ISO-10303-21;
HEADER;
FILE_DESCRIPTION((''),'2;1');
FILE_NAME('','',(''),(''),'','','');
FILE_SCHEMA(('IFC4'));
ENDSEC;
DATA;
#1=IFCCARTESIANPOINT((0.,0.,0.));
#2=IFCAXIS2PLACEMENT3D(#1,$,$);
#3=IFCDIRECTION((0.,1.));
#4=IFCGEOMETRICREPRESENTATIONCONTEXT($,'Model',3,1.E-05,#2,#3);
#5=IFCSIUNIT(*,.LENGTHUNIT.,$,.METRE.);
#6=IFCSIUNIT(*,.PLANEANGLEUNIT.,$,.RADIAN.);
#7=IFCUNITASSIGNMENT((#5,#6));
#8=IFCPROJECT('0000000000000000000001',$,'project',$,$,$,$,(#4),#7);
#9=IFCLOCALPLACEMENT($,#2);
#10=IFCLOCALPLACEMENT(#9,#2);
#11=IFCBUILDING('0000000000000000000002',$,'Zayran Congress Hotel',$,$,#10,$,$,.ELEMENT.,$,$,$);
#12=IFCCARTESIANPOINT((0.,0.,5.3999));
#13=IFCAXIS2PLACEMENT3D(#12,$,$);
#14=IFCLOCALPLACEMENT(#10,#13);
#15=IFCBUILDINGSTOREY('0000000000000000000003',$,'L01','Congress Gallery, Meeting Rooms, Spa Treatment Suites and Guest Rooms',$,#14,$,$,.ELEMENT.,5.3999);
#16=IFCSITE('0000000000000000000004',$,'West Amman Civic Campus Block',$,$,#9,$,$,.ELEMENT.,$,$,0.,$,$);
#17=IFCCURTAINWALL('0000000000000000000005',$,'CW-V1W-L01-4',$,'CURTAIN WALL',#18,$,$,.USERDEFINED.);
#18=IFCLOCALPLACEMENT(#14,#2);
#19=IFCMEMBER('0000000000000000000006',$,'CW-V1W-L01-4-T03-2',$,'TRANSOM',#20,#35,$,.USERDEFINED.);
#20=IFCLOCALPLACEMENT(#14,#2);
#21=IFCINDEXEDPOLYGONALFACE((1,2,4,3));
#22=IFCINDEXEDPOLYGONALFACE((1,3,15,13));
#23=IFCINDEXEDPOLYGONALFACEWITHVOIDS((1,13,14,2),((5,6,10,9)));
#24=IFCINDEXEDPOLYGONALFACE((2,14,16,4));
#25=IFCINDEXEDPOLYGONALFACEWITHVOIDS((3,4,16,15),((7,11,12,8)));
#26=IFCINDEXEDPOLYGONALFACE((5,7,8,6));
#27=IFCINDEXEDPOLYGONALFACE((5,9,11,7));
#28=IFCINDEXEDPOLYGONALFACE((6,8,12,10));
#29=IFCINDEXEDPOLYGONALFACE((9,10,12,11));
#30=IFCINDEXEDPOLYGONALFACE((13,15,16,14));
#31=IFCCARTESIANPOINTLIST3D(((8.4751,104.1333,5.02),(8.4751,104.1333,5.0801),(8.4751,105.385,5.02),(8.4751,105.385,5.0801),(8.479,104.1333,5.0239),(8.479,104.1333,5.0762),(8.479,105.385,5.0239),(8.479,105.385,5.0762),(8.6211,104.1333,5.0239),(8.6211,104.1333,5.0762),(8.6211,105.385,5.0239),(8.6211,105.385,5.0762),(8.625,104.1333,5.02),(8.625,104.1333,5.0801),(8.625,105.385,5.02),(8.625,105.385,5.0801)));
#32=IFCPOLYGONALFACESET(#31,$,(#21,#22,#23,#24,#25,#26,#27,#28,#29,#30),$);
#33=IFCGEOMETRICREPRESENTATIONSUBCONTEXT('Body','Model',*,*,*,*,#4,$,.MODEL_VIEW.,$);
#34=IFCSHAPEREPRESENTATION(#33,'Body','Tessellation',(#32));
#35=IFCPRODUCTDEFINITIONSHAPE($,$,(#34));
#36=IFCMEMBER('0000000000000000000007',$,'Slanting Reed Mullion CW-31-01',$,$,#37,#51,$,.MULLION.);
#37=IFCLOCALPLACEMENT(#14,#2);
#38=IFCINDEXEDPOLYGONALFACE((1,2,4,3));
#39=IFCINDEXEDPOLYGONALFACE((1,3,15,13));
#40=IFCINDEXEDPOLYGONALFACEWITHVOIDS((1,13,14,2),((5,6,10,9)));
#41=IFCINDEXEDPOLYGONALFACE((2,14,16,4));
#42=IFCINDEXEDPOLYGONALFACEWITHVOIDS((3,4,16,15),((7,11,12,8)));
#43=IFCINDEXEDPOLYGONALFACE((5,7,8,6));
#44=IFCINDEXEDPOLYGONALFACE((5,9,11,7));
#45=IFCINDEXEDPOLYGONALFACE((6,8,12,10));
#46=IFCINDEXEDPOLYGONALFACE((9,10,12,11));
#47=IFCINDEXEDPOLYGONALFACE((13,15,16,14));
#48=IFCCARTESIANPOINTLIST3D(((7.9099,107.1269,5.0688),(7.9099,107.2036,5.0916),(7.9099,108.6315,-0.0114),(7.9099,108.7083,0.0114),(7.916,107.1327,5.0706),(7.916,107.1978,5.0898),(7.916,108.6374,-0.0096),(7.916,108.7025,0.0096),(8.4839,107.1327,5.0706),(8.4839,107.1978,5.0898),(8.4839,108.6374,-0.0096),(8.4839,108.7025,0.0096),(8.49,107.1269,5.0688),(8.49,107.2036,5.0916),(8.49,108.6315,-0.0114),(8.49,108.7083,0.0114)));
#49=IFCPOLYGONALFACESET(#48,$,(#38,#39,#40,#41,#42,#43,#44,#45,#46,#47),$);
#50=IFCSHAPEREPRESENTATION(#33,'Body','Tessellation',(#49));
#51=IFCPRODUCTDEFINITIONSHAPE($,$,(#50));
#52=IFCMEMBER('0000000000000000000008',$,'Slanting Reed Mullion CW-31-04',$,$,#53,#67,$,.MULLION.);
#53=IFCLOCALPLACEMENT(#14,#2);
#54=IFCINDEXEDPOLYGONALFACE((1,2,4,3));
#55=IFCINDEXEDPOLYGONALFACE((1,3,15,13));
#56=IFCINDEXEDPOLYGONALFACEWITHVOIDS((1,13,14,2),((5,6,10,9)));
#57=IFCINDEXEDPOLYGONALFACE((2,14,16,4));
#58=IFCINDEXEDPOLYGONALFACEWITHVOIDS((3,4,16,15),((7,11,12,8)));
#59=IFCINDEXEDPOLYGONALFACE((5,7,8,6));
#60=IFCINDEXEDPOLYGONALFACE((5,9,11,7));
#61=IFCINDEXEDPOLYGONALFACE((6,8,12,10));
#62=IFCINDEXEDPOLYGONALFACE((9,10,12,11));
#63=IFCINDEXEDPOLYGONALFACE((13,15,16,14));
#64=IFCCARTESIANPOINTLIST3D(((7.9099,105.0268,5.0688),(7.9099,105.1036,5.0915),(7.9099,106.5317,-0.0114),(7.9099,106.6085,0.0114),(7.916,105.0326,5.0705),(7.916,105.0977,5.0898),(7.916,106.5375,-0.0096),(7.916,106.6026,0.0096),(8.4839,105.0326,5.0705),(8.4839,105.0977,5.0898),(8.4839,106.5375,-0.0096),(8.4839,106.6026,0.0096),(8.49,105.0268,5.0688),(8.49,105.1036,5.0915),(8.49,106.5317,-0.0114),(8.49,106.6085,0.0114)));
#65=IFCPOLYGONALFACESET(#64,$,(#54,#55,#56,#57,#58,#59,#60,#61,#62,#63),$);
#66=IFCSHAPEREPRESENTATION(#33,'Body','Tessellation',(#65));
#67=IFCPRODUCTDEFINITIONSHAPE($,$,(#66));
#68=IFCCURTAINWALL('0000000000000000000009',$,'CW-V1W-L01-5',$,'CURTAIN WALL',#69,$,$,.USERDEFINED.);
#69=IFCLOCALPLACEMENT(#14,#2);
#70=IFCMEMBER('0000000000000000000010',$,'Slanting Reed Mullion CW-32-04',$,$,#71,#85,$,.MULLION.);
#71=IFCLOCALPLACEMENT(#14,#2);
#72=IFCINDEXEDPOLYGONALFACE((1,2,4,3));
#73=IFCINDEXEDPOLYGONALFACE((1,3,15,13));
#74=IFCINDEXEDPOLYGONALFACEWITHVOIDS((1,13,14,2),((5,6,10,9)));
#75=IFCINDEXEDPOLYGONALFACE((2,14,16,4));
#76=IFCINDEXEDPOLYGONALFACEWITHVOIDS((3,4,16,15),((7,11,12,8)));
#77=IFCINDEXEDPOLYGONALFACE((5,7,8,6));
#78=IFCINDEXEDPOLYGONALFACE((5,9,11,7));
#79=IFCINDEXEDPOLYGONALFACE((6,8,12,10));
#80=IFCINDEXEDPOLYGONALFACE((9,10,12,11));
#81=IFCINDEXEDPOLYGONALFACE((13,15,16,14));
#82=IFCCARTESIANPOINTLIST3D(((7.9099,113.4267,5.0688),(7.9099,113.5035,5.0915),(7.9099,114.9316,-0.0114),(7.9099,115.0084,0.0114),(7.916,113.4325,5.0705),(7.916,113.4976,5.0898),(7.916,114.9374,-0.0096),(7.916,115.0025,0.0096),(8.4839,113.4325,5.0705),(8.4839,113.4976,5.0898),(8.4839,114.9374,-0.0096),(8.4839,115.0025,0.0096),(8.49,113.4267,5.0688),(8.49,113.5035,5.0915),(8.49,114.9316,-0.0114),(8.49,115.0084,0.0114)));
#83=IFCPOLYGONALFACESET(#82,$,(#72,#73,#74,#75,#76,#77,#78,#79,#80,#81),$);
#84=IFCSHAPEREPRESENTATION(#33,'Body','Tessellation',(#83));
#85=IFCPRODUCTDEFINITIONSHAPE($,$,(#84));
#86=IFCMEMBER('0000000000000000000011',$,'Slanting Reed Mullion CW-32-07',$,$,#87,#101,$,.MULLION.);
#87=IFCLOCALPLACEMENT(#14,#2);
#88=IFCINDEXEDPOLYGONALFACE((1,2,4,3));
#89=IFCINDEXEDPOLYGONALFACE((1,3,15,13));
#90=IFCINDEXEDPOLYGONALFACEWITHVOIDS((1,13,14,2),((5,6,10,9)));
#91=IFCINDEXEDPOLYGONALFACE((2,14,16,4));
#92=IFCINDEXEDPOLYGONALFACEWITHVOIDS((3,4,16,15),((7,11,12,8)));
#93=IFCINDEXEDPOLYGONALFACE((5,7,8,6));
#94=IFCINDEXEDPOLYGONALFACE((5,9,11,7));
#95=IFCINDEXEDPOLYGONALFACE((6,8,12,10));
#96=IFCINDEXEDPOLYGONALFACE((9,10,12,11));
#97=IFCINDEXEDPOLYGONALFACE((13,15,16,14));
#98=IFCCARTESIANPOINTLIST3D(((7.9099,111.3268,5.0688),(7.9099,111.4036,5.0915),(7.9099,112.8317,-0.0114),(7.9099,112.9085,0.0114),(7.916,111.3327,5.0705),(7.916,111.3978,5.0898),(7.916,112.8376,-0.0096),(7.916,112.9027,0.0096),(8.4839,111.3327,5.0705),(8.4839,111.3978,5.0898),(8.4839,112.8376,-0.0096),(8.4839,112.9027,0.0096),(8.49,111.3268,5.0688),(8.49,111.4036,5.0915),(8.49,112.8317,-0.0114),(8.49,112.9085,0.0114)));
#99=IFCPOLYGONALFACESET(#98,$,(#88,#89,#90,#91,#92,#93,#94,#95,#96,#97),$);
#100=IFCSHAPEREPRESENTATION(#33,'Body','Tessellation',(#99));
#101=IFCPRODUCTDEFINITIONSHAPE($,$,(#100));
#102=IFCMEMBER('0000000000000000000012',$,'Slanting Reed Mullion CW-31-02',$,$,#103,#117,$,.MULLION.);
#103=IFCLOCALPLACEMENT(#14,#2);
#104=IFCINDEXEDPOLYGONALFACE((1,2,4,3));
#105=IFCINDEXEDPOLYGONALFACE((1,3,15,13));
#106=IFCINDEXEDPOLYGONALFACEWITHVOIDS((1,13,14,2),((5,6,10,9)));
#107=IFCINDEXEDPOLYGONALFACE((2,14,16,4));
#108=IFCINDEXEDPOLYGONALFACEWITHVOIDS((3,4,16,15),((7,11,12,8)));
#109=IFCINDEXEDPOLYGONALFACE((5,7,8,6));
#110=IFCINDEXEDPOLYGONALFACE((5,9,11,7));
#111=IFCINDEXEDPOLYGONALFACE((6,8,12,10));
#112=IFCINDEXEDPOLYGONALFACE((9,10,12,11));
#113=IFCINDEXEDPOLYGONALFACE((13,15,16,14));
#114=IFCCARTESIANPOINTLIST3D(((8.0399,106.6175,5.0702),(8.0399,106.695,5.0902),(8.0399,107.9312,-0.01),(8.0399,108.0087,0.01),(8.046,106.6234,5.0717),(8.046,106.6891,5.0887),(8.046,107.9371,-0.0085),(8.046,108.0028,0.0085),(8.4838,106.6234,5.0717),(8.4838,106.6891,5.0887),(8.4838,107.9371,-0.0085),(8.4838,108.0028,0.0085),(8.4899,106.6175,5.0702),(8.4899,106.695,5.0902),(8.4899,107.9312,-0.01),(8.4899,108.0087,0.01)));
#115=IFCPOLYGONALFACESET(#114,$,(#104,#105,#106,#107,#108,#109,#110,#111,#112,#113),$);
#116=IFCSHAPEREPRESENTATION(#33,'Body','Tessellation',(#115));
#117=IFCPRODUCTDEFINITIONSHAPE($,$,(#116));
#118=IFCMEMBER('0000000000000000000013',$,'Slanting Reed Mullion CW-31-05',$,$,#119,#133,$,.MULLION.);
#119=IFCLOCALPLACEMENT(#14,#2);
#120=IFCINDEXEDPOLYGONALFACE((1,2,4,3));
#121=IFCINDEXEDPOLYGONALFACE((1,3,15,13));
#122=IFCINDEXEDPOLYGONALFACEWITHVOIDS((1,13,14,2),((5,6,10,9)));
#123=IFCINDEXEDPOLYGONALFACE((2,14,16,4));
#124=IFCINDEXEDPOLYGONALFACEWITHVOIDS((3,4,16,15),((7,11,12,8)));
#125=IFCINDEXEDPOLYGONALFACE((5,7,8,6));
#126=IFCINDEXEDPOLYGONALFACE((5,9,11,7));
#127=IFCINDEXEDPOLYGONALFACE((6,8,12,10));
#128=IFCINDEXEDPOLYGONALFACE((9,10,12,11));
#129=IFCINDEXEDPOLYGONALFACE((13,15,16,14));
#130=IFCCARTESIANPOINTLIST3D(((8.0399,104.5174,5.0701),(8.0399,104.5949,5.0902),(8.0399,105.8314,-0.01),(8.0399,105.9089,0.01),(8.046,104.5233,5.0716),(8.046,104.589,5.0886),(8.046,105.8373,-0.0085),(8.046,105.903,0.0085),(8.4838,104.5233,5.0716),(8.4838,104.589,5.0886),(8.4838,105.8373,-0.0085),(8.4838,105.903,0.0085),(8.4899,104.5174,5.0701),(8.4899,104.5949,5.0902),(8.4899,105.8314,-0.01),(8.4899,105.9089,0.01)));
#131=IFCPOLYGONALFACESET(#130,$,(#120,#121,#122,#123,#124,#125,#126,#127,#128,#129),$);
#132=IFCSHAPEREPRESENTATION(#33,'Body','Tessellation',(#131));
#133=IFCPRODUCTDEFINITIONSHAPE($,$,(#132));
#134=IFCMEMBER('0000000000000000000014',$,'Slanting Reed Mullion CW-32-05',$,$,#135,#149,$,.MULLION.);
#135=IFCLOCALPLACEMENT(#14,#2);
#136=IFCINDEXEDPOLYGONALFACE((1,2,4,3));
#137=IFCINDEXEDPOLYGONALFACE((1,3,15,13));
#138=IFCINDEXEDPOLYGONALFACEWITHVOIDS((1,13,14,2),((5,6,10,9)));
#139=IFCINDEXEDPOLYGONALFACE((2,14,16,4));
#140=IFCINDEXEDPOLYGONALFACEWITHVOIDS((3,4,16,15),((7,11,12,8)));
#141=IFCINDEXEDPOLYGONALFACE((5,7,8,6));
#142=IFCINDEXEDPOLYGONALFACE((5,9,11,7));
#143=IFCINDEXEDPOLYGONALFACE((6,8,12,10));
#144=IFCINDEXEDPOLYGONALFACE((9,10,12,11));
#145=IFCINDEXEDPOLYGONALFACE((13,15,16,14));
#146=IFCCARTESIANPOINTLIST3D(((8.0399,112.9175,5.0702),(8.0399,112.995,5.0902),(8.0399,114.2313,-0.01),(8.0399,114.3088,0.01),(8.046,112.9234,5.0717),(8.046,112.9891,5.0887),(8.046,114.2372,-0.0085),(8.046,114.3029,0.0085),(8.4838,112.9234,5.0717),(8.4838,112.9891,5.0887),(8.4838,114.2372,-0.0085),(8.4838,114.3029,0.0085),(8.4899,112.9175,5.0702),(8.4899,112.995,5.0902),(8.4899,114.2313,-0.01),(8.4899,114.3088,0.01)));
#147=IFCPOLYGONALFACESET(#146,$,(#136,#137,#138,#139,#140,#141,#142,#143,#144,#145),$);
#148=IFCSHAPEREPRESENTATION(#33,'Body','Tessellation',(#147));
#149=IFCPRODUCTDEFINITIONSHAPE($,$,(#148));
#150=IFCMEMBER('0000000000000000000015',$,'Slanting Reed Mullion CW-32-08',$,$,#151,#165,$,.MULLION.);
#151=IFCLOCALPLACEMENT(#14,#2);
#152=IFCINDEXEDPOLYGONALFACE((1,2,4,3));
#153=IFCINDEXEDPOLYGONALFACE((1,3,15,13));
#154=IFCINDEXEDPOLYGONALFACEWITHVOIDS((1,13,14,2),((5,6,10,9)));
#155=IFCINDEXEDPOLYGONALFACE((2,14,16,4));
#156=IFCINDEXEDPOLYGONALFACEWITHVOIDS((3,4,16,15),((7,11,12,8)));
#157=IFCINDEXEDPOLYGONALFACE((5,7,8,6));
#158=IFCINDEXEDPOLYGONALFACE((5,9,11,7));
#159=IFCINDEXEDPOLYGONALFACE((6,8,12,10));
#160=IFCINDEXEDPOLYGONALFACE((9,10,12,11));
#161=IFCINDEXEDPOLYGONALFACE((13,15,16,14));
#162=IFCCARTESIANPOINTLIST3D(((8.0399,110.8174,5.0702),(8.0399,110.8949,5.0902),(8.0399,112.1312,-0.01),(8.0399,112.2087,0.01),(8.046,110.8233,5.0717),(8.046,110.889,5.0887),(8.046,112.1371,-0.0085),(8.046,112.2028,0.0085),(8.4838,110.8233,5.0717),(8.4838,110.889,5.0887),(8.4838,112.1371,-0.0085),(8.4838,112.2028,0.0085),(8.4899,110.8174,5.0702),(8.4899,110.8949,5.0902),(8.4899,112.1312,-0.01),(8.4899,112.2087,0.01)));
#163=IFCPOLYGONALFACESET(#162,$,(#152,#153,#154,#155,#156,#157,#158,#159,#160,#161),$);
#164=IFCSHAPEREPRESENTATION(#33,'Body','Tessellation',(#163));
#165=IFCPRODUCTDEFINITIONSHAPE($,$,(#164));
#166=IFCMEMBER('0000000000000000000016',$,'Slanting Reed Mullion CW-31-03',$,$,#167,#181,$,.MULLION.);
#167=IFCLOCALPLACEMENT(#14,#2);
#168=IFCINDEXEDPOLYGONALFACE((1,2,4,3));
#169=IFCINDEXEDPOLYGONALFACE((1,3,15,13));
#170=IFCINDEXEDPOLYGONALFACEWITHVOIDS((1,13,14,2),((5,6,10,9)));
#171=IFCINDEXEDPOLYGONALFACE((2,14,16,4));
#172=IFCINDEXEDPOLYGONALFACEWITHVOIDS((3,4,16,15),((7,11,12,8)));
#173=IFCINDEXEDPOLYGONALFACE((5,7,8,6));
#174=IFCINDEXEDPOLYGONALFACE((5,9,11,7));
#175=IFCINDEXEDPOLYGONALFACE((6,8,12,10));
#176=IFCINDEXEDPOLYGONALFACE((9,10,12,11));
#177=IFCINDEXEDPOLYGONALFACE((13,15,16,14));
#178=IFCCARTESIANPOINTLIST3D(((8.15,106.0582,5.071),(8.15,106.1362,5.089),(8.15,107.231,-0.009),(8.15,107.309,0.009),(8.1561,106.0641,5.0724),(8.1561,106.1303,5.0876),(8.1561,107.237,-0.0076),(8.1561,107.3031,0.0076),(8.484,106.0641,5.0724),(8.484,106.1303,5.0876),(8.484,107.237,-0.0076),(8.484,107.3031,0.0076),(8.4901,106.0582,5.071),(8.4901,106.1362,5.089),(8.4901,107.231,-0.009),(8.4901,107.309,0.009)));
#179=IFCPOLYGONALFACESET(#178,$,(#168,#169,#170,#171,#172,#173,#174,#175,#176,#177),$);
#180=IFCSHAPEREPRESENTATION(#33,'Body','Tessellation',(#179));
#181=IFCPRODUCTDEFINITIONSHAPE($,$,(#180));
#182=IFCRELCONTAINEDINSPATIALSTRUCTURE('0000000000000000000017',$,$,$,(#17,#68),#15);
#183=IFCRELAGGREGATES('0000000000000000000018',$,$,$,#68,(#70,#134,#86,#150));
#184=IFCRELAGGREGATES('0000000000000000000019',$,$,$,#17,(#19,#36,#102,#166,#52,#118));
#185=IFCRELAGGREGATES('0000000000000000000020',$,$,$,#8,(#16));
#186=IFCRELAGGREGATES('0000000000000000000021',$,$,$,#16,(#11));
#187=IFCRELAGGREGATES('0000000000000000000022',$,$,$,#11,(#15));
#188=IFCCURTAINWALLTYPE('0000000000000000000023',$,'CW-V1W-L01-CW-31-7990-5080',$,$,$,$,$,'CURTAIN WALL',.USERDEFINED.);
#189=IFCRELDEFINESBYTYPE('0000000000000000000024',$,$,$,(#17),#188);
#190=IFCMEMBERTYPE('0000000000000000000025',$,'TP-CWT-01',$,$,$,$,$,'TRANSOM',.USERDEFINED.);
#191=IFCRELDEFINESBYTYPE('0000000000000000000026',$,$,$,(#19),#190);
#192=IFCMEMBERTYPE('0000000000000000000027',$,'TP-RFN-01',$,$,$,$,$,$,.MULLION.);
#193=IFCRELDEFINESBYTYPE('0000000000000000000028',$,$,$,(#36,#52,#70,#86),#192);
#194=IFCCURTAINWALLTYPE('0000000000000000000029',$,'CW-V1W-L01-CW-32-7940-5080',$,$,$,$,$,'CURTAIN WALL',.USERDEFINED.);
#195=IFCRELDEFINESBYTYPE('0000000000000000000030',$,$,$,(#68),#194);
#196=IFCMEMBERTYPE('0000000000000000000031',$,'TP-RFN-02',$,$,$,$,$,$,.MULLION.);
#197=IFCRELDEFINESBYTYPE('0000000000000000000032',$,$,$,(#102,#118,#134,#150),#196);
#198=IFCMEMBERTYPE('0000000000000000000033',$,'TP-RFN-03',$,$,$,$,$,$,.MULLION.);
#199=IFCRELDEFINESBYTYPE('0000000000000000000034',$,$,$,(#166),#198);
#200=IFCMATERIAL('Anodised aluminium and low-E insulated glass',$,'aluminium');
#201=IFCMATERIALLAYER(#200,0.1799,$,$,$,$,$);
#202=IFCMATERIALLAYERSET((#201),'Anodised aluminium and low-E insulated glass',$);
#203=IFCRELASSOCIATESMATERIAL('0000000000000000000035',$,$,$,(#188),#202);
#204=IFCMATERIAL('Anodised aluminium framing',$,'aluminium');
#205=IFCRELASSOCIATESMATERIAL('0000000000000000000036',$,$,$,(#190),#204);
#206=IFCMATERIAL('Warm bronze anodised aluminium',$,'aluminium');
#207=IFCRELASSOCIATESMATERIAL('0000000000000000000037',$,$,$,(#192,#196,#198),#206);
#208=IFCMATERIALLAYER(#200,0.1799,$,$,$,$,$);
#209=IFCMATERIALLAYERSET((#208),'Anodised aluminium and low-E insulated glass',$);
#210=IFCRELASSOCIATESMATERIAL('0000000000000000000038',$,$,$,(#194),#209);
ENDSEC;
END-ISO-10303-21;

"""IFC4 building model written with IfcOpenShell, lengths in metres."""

from ifc_helpers import new_model, si_unit, direction, frame, origin, origin_2d, place, context, subcontext, project, spatial, hollow_rectangle, extrude, material, layer, layer_set, material_profile, profile_set, type_object, element, aggregate, save


model = new_model("IFC4")

# Units and contexts
model_context = context("Model", 3, precision=1e-05, world=origin(), true_north=direction((0.0, 1.0)))
body_context = subcontext(model_context, "Body", "Model", "MODEL_VIEW")
ifc_project = project(units=[si_unit("LENGTHUNIT", "METRE"), si_unit("PLANEANGLEUNIT", "RADIAN")], contexts=[model_context])

# Site, building, storey
site_placement = place(None, origin())
site = spatial("IfcSite", under=ifc_project, at=site_placement, Name="West Amman Civic Campus Block", CompositionType="ELEMENT", RefElevation=0.0)
building_placement = place(site_placement, origin())
building = spatial("IfcBuilding", under=site, at=building_placement, Name="Zayran Congress Hotel", CompositionType="ELEMENT")
storey_placement = place(building_placement, frame((0.0, 0.0, 5.3999)))
storey = spatial("IfcBuildingStorey", under=building, at=storey_placement, Name="L01", Description="Congress Gallery, Meeting Rooms, Spa Treatment Suites and Guest Rooms", CompositionType="ELEMENT", Elevation=5.3999)

# Curtain walls, members
ifc_material_1 = material(Name="Anodised aluminium and low-E insulated glass", Category="aluminium")
ifc_layer_1 = layer(ifc_material_1, 0.1799)
ifc_layer_set_1 = layer_set([ifc_layer_1], Name="Anodised aluminium and low-E insulated glass")
curtain_wall_type_1 = type_object("IfcCurtainWallType", Name="CW-V1W-L01-CW-31-7990-5080", ElementType="CURTAIN WALL", PredefinedType="USERDEFINED", material=ifc_layer_set_1)
curtain_wall_1_placement = place(storey_placement, origin())
curtain_wall_1 = element("IfcCurtainWall", 1, at=curtain_wall_1_placement, inside=storey, type_object=curtain_wall_type_1, Name="CW-V1W-L01-4", ObjectType="CURTAIN WALL", PredefinedType="USERDEFINED")
ifc_material_2 = material(Name="Anodised aluminium framing", Category="aluminium")
ifc_material_profile_1 = material_profile(ifc_material_2, hollow_rectangle(XDim=0.0601, YDim=0.1499, WallThickness=0.0039, at=origin_2d()), Name="RHS 150x60x4")
ifc_profile_set_1 = profile_set([ifc_material_profile_1], Name="Anodised aluminium framing")
member_type_1 = type_object("IfcMemberType", Name="TP-CWT-01", ElementType="TRANSOM", PredefinedType="USERDEFINED", material=ifc_profile_set_1)
member_1_placement = place(storey_placement, frame((8.55, 105.385, 5.05), z_axis=(0.0, -1.0, 0.0), x_axis=(0.0, 0.0, 1.0)))
member_1 = element("IfcMember", 2, at=member_1_placement, type_object=member_type_1, Name="CW-V1W-L01-4-T03-2", ObjectType="TRANSOM", PredefinedType="USERDEFINED", context=body_context, shape_type="SweptSolid", body=[
    extrude(hollow_rectangle(XDim=0.0601, YDim=0.1499, WallThickness=0.0039, at=origin_2d()), origin(), (0.0, 0.0, 1.0), 1.2517),
])
ifc_material_3 = material(Name="Warm bronze anodised aluminium", Category="aluminium")
ifc_material_profile_2 = material_profile(ifc_material_3, hollow_rectangle(XDim=0.0801, YDim=0.5801, WallThickness=0.0061, at=origin_2d()), Name="RHS 580x80x6")
ifc_profile_set_2 = profile_set([ifc_material_profile_2], Name="Warm bronze anodised aluminium")
member_type_2 = type_object("IfcMemberType", Name="TP-RFN-01", PredefinedType="MULLION", material=ifc_profile_set_2)
member_2_placement = place(storey_placement, frame((8.2, 108.6699, 0.0), z_axis=(0.0, -0.283989, 0.958827), x_axis=(0.0, 0.958827, 0.283989)))
member_2 = element("IfcMember", 3, at=member_2_placement, type_object=member_type_2, Name="Slanting Reed Mullion CW-31-01", PredefinedType="MULLION", context=body_context, shape_type="SweptSolid", body=[
    extrude(hollow_rectangle(XDim=0.0801, YDim=0.5801, WallThickness=0.0061, at=origin_2d()), origin(), (0.0, 0.0, 1.0), 5.2983),
])
member_3_placement = place(storey_placement, frame((8.2, 106.5701, 0.0), z_axis=(0.0, -0.284032, 0.958815), x_axis=(0.0, 0.958815, 0.284032)))
member_3 = element("IfcMember", 4, at=member_3_placement, type_object=member_type_2, Name="Slanting Reed Mullion CW-31-04", PredefinedType="MULLION", context=body_context, shape_type="SweptSolid", body=[
    extrude(hollow_rectangle(XDim=0.0801, YDim=0.5801, WallThickness=0.0061, at=origin_2d()), origin(), (0.0, 0.0, 1.0), 5.2983),
])
ifc_layer_2 = layer(ifc_material_1, 0.1799)
ifc_layer_set_2 = layer_set([ifc_layer_2], Name="Anodised aluminium and low-E insulated glass")
curtain_wall_type_2 = type_object("IfcCurtainWallType", Name="CW-V1W-L01-CW-32-7940-5080", ElementType="CURTAIN WALL", PredefinedType="USERDEFINED", material=ifc_layer_set_2)
curtain_wall_2_placement = place(storey_placement, origin())
curtain_wall_2 = element("IfcCurtainWall", 5, at=curtain_wall_2_placement, inside=storey, type_object=curtain_wall_type_2, Name="CW-V1W-L01-5", ObjectType="CURTAIN WALL", PredefinedType="USERDEFINED")
member_4_placement = place(storey_placement, frame((8.2, 114.97, 0.0), z_axis=(0.0, -0.284032, 0.958815), x_axis=(0.0, 0.958815, 0.284032)))
member_4 = element("IfcMember", 6, at=member_4_placement, type_object=member_type_2, Name="Slanting Reed Mullion CW-32-04", PredefinedType="MULLION", context=body_context, shape_type="SweptSolid", body=[
    extrude(hollow_rectangle(XDim=0.0801, YDim=0.5801, WallThickness=0.0061, at=origin_2d()), origin(), (0.0, 0.0, 1.0), 5.2983),
])
member_5_placement = place(storey_placement, frame((8.2, 112.8701, 0.0), z_axis=(0.0, -0.284032, 0.958815), x_axis=(0.0, 0.958815, 0.284032)))
member_5 = element("IfcMember", 7, at=member_5_placement, type_object=member_type_2, Name="Slanting Reed Mullion CW-32-07", PredefinedType="MULLION", context=body_context, shape_type="SweptSolid", body=[
    extrude(hollow_rectangle(XDim=0.0801, YDim=0.5801, WallThickness=0.0061, at=origin_2d()), origin(), (0.0, 0.0, 1.0), 5.2983),
])

# Members
ifc_material_profile_3 = material_profile(ifc_material_3, hollow_rectangle(XDim=0.0801, YDim=0.45, WallThickness=0.0061, at=origin_2d()), Name="RHS 450x80x6")
ifc_profile_set_3 = profile_set([ifc_material_profile_3], Name="Warm bronze anodised aluminium")
member_type_3 = type_object("IfcMemberType", Name="TP-RFN-02", PredefinedType="MULLION", material=ifc_profile_set_3)
member_6_placement = place(storey_placement, frame((8.2649, 107.97, 0.0), z_axis=(0.0, -0.250366, 0.968151), x_axis=(0.0, 0.968151, 0.250366)))
member_6 = element("IfcMember", 8, at=member_6_placement, type_object=member_type_3, Name="Slanting Reed Mullion CW-31-02", PredefinedType="MULLION", context=body_context, shape_type="SweptSolid", body=[
    extrude(hollow_rectangle(XDim=0.0801, YDim=0.45, WallThickness=0.0061, at=origin_2d()), origin(), (0.0, 0.0, 1.0), 5.2473),
])
member_7_placement = place(storey_placement, frame((8.2649, 105.8701, 0.0), z_axis=(0.0, -0.25041, 0.96814), x_axis=(0.0, 0.96814, 0.25041)))
member_7 = element("IfcMember", 9, at=member_7_placement, type_object=member_type_3, Name="Slanting Reed Mullion CW-31-05", PredefinedType="MULLION", context=body_context, shape_type="SweptSolid", body=[
    extrude(hollow_rectangle(XDim=0.0801, YDim=0.45, WallThickness=0.0061, at=origin_2d()), origin(), (0.0, 0.0, 1.0), 5.2473),
])
member_8_placement = place(storey_placement, frame((8.2649, 114.27, 0.0), z_axis=(0.0, -0.250366, 0.968151), x_axis=(0.0, 0.968151, 0.250366)))
member_8 = element("IfcMember", 10, at=member_8_placement, type_object=member_type_3, Name="Slanting Reed Mullion CW-32-05", PredefinedType="MULLION", context=body_context, shape_type="SweptSolid", body=[
    extrude(hollow_rectangle(XDim=0.0801, YDim=0.45, WallThickness=0.0061, at=origin_2d()), origin(), (0.0, 0.0, 1.0), 5.2473),
])
member_9_placement = place(storey_placement, frame((8.2649, 112.1699, 0.0), z_axis=(0.0, -0.250366, 0.968151), x_axis=(0.0, 0.968151, 0.250366)))
member_9 = element("IfcMember", 11, at=member_9_placement, type_object=member_type_3, Name="Slanting Reed Mullion CW-32-08", PredefinedType="MULLION", context=body_context, shape_type="SweptSolid", body=[
    extrude(hollow_rectangle(XDim=0.0801, YDim=0.45, WallThickness=0.0061, at=origin_2d()), origin(), (0.0, 0.0, 1.0), 5.2473),
])
ifc_material_profile_4 = material_profile(ifc_material_3, hollow_rectangle(XDim=0.0801, YDim=0.3401, WallThickness=0.0061, at=origin_2d()), Name="RHS 340x80x6")
ifc_profile_set_4 = profile_set([ifc_material_profile_4], Name="Warm bronze anodised aluminium")
member_type_4 = type_object("IfcMemberType", Name="TP-RFN-03", PredefinedType="MULLION", material=ifc_profile_set_4)
member_10_placement = place(storey_placement, frame((8.3201, 107.27, 0.0), z_axis=(0.0, -0.224955, 0.974369), x_axis=(0.0, 0.974369, 0.224955)))
member_10 = element("IfcMember", 12, at=member_10_placement, type_object=member_type_4, Name="Slanting Reed Mullion CW-31-03", PredefinedType="MULLION", context=body_context, shape_type="SweptSolid", body=[
    extrude(hollow_rectangle(XDim=0.0801, YDim=0.3401, WallThickness=0.0061, at=origin_2d()), origin(), (0.0, 0.0, 1.0), 5.2136),
])
aggregate(curtain_wall_2, [member_4, member_8, member_5, member_9])

aggregate(curtain_wall_1, [member_1, member_2, member_6, member_10, member_3, member_7])

save(model, "model.ifc")
